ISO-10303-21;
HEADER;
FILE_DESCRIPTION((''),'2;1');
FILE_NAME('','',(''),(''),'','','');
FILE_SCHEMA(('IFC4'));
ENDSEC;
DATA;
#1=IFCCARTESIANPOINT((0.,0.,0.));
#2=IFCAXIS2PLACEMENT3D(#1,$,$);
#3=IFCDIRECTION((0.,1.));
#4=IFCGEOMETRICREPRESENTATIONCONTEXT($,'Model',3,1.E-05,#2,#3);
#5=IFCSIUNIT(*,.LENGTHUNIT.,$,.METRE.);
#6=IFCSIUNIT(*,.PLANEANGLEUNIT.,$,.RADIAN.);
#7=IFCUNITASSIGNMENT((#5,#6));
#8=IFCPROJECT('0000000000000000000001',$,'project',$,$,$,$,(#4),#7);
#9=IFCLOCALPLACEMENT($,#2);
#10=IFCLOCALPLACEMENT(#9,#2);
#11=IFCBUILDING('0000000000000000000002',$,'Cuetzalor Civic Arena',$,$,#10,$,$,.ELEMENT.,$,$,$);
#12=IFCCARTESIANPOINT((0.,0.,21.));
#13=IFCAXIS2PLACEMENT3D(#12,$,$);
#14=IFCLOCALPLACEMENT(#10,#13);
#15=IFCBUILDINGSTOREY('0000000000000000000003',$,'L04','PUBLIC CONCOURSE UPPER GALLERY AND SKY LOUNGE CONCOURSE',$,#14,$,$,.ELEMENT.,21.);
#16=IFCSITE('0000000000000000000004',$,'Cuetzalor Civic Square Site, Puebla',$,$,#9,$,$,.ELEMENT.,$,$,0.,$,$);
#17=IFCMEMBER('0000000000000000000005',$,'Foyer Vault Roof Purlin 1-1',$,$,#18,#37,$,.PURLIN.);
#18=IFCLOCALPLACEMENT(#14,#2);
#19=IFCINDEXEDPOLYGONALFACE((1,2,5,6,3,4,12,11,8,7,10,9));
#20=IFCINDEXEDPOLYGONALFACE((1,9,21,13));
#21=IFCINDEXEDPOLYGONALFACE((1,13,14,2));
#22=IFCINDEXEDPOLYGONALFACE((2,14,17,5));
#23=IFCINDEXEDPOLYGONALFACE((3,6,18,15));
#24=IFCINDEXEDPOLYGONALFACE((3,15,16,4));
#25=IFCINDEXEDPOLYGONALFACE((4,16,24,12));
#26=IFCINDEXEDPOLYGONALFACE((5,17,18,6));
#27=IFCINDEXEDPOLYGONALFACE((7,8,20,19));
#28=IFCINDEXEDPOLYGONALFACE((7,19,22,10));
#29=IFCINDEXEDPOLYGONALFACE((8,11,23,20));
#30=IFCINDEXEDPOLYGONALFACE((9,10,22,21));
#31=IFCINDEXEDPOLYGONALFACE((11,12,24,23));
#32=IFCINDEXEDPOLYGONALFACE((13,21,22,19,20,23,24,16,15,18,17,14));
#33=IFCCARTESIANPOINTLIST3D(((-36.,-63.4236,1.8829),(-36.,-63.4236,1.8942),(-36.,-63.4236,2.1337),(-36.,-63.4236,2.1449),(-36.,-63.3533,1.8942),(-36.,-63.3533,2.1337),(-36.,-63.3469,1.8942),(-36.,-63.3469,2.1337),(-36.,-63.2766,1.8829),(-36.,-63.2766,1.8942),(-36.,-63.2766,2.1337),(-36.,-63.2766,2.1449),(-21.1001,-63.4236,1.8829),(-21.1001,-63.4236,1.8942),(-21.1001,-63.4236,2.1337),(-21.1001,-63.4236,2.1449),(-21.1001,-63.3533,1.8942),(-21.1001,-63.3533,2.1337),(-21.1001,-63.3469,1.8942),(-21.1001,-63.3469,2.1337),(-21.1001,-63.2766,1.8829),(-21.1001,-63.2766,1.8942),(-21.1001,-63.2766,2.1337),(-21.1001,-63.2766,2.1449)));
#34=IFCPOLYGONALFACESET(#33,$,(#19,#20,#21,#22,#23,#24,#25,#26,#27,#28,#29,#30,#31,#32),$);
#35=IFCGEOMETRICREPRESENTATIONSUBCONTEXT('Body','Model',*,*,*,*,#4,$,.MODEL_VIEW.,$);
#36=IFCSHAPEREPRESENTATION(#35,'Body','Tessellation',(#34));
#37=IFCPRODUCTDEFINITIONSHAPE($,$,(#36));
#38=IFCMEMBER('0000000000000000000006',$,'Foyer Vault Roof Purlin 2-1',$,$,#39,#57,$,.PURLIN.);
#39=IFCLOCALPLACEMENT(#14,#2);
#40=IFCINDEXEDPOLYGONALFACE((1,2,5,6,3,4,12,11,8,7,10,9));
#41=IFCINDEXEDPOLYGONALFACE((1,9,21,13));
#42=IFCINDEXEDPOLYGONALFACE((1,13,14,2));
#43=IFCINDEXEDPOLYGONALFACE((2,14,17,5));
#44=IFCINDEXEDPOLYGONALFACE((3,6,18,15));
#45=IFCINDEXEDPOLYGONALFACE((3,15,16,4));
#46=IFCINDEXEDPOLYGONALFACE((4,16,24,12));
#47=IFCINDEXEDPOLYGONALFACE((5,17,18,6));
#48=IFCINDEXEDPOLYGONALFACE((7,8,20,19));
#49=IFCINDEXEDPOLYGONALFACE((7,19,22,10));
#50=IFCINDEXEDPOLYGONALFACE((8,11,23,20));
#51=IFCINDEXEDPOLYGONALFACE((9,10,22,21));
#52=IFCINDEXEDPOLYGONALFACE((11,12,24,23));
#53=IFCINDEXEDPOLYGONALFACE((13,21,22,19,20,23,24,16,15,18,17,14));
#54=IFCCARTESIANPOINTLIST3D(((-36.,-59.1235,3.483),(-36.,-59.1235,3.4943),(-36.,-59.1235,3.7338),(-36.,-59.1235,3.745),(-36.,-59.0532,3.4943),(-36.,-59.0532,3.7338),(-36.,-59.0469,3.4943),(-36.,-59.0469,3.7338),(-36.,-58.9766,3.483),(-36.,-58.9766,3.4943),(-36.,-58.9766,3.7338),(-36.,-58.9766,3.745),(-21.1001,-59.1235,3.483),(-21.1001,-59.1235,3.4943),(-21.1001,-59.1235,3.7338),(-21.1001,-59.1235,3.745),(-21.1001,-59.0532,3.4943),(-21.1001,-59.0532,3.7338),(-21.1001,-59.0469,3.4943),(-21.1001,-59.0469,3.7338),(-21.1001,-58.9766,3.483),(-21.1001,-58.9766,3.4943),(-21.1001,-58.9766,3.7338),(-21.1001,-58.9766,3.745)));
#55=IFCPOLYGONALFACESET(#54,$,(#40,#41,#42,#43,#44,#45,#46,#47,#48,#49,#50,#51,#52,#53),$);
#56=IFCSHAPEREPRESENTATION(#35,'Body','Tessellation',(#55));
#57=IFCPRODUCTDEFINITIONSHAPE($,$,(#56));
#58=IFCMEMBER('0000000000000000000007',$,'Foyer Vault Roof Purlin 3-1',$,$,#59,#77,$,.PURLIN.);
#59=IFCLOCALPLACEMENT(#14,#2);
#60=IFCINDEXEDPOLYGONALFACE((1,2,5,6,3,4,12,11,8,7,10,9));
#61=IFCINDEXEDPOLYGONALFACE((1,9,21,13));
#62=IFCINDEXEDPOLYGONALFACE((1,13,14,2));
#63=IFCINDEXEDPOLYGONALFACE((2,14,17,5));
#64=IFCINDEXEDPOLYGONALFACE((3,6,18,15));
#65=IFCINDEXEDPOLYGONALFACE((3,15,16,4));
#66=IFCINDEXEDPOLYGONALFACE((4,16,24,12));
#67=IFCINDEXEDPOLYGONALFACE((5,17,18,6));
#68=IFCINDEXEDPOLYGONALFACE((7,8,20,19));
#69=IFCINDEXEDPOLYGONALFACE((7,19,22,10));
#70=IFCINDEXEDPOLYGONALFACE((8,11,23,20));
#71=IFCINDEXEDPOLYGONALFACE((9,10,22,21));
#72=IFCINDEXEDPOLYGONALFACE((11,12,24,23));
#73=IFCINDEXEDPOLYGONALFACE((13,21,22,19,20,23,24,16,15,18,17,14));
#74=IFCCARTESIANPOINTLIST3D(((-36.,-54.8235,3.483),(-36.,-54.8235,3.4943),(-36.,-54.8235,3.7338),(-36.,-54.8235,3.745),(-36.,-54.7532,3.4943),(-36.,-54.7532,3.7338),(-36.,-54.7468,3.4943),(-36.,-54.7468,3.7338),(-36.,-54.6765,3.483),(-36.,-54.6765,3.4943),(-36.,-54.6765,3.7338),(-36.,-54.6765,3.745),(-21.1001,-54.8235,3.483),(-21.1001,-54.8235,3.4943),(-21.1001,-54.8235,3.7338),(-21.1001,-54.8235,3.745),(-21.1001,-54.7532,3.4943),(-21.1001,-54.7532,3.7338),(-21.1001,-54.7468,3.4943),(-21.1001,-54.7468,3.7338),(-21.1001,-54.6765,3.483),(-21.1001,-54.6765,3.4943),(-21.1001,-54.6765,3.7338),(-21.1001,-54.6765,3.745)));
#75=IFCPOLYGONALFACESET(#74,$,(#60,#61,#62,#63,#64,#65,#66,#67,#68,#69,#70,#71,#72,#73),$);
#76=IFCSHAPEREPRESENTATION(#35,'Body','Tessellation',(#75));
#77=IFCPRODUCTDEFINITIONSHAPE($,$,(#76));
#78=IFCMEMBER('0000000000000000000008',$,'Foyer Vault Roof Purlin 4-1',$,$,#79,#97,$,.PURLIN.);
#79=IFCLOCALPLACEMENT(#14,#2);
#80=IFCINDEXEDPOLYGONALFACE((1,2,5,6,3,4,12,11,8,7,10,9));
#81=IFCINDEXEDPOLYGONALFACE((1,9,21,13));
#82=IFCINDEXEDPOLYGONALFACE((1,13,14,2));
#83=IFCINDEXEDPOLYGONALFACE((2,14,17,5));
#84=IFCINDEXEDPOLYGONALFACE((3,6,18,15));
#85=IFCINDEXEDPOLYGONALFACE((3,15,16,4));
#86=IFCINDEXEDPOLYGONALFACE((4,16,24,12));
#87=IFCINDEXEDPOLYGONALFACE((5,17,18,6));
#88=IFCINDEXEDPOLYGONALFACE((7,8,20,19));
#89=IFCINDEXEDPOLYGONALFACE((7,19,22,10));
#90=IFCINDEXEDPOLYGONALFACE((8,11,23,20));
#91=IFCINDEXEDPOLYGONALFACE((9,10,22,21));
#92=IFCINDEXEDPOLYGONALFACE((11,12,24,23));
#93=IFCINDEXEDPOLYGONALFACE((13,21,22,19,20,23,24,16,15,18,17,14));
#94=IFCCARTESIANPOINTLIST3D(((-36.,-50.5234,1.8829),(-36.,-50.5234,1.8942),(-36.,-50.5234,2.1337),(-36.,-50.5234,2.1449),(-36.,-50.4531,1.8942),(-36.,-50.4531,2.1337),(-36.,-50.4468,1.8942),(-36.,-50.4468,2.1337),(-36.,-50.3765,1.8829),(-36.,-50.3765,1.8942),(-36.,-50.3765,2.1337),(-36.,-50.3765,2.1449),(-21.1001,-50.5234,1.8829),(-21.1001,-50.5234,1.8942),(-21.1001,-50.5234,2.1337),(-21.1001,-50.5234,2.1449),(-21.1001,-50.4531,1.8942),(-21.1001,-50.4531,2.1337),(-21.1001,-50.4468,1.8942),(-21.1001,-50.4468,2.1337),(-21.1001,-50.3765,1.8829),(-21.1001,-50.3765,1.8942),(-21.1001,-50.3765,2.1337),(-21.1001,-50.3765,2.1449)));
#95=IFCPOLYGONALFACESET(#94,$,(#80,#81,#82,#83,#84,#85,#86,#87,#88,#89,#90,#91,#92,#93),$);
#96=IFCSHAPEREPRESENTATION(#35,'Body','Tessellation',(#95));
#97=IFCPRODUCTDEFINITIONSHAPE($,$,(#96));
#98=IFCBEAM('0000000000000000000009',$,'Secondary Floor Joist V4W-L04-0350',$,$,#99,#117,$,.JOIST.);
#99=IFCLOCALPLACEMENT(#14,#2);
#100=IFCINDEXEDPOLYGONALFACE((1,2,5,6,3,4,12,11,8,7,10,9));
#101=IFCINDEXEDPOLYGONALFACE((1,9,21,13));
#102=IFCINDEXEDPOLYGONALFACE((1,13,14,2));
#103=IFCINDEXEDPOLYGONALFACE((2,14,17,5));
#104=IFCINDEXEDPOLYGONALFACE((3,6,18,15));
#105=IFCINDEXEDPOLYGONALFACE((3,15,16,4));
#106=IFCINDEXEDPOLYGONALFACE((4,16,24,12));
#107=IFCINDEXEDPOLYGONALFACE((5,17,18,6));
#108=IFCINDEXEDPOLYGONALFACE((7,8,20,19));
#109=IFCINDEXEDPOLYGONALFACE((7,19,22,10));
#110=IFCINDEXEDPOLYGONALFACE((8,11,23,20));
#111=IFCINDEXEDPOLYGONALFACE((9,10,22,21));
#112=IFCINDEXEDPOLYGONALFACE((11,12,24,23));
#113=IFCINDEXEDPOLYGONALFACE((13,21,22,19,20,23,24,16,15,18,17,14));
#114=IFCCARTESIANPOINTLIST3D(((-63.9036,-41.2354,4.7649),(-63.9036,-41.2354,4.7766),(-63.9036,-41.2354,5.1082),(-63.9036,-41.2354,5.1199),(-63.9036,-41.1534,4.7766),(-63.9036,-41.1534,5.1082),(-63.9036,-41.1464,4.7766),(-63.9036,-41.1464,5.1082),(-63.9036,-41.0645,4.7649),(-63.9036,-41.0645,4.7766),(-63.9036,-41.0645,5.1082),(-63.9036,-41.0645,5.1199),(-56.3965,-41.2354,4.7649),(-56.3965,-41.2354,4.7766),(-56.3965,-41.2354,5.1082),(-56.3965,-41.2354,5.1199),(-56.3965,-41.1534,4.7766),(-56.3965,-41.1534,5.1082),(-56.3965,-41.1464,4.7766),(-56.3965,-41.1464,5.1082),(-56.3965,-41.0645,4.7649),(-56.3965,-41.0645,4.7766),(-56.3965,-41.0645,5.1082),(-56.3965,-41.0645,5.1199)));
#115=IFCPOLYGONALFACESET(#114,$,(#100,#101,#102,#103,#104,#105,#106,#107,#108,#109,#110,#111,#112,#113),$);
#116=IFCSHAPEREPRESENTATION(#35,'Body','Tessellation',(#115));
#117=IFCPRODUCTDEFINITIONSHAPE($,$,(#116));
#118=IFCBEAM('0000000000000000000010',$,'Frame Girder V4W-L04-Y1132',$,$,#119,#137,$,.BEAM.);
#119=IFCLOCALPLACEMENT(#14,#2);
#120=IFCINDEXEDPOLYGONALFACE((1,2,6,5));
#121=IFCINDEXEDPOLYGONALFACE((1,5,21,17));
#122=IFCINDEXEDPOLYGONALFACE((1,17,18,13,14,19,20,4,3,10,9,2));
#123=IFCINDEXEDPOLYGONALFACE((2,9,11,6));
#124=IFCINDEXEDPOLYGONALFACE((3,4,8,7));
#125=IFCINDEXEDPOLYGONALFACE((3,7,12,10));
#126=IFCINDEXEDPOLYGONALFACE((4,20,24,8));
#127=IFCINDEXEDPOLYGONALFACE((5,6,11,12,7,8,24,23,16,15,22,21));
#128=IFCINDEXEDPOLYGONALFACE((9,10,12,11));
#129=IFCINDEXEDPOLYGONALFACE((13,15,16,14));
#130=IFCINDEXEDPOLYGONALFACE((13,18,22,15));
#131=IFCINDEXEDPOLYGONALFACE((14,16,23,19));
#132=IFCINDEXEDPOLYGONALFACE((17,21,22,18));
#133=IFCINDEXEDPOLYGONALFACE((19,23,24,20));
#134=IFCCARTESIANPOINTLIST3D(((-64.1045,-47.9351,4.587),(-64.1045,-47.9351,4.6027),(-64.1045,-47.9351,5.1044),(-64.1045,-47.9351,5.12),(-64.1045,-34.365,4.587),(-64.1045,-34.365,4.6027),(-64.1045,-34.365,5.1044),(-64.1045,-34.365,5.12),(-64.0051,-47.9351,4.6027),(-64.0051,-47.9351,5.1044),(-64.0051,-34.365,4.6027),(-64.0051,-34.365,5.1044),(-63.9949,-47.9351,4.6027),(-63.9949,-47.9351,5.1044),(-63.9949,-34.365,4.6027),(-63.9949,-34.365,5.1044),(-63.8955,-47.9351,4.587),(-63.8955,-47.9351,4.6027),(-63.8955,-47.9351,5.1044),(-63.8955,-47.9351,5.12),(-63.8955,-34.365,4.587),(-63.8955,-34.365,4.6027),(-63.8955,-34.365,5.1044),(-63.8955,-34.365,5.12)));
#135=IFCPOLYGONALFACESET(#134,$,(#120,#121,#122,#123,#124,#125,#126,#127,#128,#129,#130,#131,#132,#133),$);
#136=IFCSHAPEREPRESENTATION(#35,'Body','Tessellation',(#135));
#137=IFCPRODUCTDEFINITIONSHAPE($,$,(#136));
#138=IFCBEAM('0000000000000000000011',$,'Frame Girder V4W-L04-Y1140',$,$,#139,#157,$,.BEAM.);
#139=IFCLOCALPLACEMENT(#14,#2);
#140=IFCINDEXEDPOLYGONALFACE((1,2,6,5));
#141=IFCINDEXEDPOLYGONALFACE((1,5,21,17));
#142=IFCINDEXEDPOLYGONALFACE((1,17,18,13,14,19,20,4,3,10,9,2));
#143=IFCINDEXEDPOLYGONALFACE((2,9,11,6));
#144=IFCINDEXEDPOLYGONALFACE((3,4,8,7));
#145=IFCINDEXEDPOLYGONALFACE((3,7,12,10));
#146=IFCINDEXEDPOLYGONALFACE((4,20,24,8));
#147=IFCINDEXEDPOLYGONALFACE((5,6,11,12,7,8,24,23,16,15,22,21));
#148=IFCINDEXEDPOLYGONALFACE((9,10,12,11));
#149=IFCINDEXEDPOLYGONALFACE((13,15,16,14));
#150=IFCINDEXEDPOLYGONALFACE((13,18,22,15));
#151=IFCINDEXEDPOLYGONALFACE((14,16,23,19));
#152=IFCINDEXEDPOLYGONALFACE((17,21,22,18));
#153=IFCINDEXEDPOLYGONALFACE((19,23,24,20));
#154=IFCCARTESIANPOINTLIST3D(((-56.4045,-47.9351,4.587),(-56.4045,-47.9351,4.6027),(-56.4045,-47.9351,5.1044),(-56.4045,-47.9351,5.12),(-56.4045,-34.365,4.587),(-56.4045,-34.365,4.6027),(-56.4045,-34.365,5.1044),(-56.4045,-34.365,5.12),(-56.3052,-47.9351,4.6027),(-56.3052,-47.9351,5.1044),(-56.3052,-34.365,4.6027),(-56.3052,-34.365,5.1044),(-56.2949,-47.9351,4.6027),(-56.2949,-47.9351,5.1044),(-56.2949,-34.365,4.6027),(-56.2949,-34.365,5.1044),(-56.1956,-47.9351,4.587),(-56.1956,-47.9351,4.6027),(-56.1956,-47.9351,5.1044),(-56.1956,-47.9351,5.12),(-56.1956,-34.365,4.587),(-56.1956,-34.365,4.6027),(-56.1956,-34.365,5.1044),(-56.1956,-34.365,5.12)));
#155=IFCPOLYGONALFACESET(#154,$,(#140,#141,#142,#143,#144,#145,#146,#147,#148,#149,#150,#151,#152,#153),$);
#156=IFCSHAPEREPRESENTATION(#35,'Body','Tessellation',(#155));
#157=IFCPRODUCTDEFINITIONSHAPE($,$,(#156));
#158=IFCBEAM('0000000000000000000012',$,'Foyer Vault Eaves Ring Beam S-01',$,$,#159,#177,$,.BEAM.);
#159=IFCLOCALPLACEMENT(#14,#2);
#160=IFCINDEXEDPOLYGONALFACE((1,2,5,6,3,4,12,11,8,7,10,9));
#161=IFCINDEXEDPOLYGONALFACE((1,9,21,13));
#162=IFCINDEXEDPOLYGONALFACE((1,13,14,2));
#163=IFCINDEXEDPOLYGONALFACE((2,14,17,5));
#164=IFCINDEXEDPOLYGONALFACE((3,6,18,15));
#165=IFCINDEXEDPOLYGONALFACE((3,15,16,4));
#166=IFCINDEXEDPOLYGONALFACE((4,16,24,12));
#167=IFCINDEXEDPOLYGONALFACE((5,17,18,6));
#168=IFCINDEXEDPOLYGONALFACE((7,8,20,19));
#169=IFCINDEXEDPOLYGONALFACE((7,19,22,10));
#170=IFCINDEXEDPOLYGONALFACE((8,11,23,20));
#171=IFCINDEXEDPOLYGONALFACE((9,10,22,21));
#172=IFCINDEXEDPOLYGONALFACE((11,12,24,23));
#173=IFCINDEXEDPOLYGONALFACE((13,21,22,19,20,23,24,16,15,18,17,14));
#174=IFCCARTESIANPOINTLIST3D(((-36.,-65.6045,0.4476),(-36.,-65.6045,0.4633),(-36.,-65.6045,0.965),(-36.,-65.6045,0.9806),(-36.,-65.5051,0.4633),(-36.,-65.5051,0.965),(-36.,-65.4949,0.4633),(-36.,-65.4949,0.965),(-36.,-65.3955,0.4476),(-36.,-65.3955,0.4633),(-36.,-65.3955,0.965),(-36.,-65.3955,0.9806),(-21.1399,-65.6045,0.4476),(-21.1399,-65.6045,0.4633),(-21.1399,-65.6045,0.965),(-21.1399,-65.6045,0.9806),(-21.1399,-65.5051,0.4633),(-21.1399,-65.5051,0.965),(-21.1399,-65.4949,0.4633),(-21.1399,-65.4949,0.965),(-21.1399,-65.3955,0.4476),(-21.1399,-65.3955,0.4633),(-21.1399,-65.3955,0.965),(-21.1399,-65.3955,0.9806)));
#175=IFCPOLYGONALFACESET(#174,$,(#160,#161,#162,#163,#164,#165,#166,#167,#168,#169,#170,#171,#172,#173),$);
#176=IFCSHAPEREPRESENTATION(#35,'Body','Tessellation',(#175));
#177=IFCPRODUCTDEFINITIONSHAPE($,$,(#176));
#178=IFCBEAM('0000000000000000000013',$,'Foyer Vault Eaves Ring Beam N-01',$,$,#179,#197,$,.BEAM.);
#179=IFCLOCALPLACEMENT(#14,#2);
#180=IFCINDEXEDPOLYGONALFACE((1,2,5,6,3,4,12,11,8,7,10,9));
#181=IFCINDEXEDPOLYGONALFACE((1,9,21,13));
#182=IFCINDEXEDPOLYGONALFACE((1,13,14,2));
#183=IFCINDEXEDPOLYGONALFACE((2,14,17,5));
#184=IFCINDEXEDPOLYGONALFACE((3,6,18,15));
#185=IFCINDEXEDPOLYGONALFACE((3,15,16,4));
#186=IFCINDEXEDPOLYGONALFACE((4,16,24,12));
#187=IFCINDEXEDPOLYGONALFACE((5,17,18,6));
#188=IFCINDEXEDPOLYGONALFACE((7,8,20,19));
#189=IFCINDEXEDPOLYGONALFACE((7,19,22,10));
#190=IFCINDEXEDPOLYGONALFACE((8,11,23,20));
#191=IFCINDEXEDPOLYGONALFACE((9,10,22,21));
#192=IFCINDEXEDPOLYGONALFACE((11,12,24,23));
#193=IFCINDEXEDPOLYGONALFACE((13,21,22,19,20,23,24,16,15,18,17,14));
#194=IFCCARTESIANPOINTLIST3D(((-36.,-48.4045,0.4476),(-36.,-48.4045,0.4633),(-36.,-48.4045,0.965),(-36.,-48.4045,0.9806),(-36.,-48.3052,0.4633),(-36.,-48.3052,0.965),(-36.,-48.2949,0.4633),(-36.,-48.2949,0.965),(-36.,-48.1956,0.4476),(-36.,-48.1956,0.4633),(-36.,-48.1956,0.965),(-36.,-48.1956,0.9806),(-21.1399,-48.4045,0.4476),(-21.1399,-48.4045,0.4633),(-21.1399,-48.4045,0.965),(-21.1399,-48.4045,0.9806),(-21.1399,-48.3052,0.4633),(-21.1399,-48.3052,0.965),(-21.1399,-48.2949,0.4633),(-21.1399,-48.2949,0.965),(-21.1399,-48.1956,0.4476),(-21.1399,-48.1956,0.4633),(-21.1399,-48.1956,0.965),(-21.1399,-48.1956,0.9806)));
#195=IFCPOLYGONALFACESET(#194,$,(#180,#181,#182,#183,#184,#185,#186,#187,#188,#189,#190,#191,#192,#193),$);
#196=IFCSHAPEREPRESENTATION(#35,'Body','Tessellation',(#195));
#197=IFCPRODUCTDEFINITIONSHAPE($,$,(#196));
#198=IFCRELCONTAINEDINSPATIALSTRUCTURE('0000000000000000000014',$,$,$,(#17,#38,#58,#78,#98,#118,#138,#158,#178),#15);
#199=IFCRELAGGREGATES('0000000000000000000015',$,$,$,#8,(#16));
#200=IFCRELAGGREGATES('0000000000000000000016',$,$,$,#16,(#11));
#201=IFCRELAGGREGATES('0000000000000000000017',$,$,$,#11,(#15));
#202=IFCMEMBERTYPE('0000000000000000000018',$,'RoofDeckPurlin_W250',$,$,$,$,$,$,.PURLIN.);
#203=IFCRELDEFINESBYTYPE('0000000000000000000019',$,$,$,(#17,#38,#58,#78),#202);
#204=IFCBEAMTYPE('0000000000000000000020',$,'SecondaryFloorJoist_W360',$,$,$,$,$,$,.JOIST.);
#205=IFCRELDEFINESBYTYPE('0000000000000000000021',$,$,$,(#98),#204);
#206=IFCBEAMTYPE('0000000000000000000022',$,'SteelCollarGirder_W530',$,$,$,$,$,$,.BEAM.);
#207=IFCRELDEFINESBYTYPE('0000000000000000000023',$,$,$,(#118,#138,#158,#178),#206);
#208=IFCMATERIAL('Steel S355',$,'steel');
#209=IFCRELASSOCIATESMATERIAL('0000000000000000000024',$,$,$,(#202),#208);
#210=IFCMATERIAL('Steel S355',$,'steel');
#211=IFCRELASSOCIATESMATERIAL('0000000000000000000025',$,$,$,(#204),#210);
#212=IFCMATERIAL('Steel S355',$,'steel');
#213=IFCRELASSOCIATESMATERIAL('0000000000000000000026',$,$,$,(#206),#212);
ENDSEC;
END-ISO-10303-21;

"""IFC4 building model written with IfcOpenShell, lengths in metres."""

from ifc_helpers import new_model, si_unit, direction, frame, origin, origin_2d, place, context, subcontext, project, spatial, i_section, extrude, material, material_profile, profile_set, type_object, element, save


model = new_model("IFC4")

# Units and contexts
model_context = context("Model", 3, precision=1e-05, world=origin(), true_north=direction((0.0, 1.0)))
body_context = subcontext(model_context, "Body", "Model", "MODEL_VIEW")
ifc_project = project(units=[si_unit("LENGTHUNIT", "METRE"), si_unit("PLANEANGLEUNIT", "RADIAN")], contexts=[model_context])

# Site, building, storey
site_placement = place(None, origin())
site = spatial("IfcSite", under=ifc_project, at=site_placement, Name="Cuetzalor Civic Square Site, Puebla", CompositionType="ELEMENT", RefElevation=0.0)
building_placement = place(site_placement, origin())
building = spatial("IfcBuilding", under=site, at=building_placement, Name="Cuetzalor Civic Arena", CompositionType="ELEMENT")
storey_placement = place(building_placement, frame((0.0, 0.0, 21.0)))
storey = spatial("IfcBuildingStorey", under=building, at=storey_placement, Name="L04", Description="PUBLIC CONCOURSE UPPER GALLERY AND SKY LOUNGE CONCOURSE", CompositionType="ELEMENT", Elevation=21.0)

# Members
ifc_material_1 = material(Name="Steel S355", Category="steel")
ifc_material_profile_1 = material_profile(ifc_material_1, i_section(OverallWidth=0.147, OverallDepth=0.262, WebThickness=0.0063, FlangeThickness=0.0112, at=origin_2d()), Name="W250x39")
ifc_profile_set_1 = profile_set([ifc_material_profile_1], Name="Steel S355")
member_type_1 = type_object("IfcMemberType", Name="RoofDeckPurlin_W250", PredefinedType="PURLIN", material=ifc_profile_set_1)
for number, where, z_axis, x_axis, name in (
    (1, (-36.0, -63.3501, 2.0139), (1.0, 0.0, 0.0), (0.0, 1.0, 0.0), "Foyer Vault Roof Purlin 1-1"),
    (2, (-36.0, -59.05, 3.614), (1.0, 0.0, 0.0), (0.0, 1.0, 0.0), "Foyer Vault Roof Purlin 2-1"),
    (3, (-36.0, -54.75, 3.614), (1.0, 0.0, 0.0), (0.0, 1.0, 0.0), "Foyer Vault Roof Purlin 3-1"),
    (4, (-36.0, -50.45, 2.0139), (1.0, 0.0, 0.0), (0.0, 1.0, 0.0), "Foyer Vault Roof Purlin 4-1"),
):
    element("IfcMember", number, at=place(storey_placement, frame(where, z_axis=z_axis, x_axis=x_axis)), inside=storey, type_object=member_type_1, Name=name, PredefinedType="PURLIN", context=body_context, shape_type="SweptSolid", body=[
        extrude(i_section(OverallWidth=0.147, OverallDepth=0.262, WebThickness=0.0063, FlangeThickness=0.0112, at=origin_2d()), origin(), (0.0, 0.0, 1.0), 14.8999),
    ])

# Beams
ifc_material_2 = material(Name="Steel S355", Category="steel")
ifc_material_profile_2 = material_profile(ifc_material_2, i_section(OverallWidth=0.1709, OverallDepth=0.355, WebThickness=0.0071, FlangeThickness=0.0117, at=origin_2d()), Name="W360x51")
ifc_profile_set_2 = profile_set([ifc_material_profile_2], Name="Steel S355")
beam_type_1 = type_object("IfcBeamType", Name="SecondaryFloorJoist_W360", PredefinedType="JOIST", material=ifc_profile_set_2)
beam_1_placement = place(storey_placement, frame((-63.9036, -41.1499, 4.9424), z_axis=(1.0, 0.0, 0.0), x_axis=(0.0, 1.0, 0.0)))
element("IfcBeam", 5, at=beam_1_placement, inside=storey, type_object=beam_type_1, Name="Secondary Floor Joist V4W-L04-0350", PredefinedType="JOIST", context=body_context, shape_type="SweptSolid", body=[
    extrude(i_section(OverallWidth=0.1709, OverallDepth=0.355, WebThickness=0.0071, FlangeThickness=0.0117, at=origin_2d()), origin(), (0.0, 0.0, 1.0), 7.5071),
])
ifc_material_3 = material(Name="Steel S355", Category="steel")
ifc_material_profile_3 = material_profile(ifc_material_3, i_section(OverallWidth=0.209, OverallDepth=0.533, WebThickness=0.0103, FlangeThickness=0.0156, at=origin_2d()), Name="W530x92")
ifc_profile_set_3 = profile_set([ifc_material_profile_3], Name="Steel S355")
beam_type_2 = type_object("IfcBeamType", Name="SteelCollarGirder_W530", PredefinedType="BEAM", material=ifc_profile_set_3)
for number, where, z_axis, x_axis, name in (
    (6, (-64.0, -47.9351, 4.8535), (0.0, 1.0, 0.0), (-1.0, 0.0, 0.0), "Frame Girder V4W-L04-Y1132"),
    (7, (-56.3, -47.9351, 4.8535), (0.0, 1.0, 0.0), (-1.0, 0.0, 0.0), "Frame Girder V4W-L04-Y1140"),
):
    element("IfcBeam", number, at=place(storey_placement, frame(where, z_axis=z_axis, x_axis=x_axis)), inside=storey, type_object=beam_type_2, Name=name, PredefinedType="BEAM", context=body_context, shape_type="SweptSolid", body=[
        extrude(i_section(OverallWidth=0.209, OverallDepth=0.533, WebThickness=0.0103, FlangeThickness=0.0156, at=origin_2d()), origin(), (0.0, 0.0, 1.0), 13.5701),
    ])
for number, where, z_axis, x_axis, name in (
    (8, (-36.0, -65.5, 0.7141), (1.0, 0.0, 0.0), (0.0, 1.0, 0.0), "Foyer Vault Eaves Ring Beam S-01"),
    (9, (-36.0, -48.3, 0.7141), (1.0, 0.0, 0.0), (0.0, 1.0, 0.0), "Foyer Vault Eaves Ring Beam N-01"),
):
    element("IfcBeam", number, at=place(storey_placement, frame(where, z_axis=z_axis, x_axis=x_axis)), inside=storey, type_object=beam_type_2, Name=name, PredefinedType="BEAM", context=body_context, shape_type="SweptSolid", body=[
        extrude(i_section(OverallWidth=0.209, OverallDepth=0.533, WebThickness=0.0103, FlangeThickness=0.0156, at=origin_2d()), origin(), (0.0, 0.0, 1.0), 14.8601),
    ])

save(model, "model.ifc")
